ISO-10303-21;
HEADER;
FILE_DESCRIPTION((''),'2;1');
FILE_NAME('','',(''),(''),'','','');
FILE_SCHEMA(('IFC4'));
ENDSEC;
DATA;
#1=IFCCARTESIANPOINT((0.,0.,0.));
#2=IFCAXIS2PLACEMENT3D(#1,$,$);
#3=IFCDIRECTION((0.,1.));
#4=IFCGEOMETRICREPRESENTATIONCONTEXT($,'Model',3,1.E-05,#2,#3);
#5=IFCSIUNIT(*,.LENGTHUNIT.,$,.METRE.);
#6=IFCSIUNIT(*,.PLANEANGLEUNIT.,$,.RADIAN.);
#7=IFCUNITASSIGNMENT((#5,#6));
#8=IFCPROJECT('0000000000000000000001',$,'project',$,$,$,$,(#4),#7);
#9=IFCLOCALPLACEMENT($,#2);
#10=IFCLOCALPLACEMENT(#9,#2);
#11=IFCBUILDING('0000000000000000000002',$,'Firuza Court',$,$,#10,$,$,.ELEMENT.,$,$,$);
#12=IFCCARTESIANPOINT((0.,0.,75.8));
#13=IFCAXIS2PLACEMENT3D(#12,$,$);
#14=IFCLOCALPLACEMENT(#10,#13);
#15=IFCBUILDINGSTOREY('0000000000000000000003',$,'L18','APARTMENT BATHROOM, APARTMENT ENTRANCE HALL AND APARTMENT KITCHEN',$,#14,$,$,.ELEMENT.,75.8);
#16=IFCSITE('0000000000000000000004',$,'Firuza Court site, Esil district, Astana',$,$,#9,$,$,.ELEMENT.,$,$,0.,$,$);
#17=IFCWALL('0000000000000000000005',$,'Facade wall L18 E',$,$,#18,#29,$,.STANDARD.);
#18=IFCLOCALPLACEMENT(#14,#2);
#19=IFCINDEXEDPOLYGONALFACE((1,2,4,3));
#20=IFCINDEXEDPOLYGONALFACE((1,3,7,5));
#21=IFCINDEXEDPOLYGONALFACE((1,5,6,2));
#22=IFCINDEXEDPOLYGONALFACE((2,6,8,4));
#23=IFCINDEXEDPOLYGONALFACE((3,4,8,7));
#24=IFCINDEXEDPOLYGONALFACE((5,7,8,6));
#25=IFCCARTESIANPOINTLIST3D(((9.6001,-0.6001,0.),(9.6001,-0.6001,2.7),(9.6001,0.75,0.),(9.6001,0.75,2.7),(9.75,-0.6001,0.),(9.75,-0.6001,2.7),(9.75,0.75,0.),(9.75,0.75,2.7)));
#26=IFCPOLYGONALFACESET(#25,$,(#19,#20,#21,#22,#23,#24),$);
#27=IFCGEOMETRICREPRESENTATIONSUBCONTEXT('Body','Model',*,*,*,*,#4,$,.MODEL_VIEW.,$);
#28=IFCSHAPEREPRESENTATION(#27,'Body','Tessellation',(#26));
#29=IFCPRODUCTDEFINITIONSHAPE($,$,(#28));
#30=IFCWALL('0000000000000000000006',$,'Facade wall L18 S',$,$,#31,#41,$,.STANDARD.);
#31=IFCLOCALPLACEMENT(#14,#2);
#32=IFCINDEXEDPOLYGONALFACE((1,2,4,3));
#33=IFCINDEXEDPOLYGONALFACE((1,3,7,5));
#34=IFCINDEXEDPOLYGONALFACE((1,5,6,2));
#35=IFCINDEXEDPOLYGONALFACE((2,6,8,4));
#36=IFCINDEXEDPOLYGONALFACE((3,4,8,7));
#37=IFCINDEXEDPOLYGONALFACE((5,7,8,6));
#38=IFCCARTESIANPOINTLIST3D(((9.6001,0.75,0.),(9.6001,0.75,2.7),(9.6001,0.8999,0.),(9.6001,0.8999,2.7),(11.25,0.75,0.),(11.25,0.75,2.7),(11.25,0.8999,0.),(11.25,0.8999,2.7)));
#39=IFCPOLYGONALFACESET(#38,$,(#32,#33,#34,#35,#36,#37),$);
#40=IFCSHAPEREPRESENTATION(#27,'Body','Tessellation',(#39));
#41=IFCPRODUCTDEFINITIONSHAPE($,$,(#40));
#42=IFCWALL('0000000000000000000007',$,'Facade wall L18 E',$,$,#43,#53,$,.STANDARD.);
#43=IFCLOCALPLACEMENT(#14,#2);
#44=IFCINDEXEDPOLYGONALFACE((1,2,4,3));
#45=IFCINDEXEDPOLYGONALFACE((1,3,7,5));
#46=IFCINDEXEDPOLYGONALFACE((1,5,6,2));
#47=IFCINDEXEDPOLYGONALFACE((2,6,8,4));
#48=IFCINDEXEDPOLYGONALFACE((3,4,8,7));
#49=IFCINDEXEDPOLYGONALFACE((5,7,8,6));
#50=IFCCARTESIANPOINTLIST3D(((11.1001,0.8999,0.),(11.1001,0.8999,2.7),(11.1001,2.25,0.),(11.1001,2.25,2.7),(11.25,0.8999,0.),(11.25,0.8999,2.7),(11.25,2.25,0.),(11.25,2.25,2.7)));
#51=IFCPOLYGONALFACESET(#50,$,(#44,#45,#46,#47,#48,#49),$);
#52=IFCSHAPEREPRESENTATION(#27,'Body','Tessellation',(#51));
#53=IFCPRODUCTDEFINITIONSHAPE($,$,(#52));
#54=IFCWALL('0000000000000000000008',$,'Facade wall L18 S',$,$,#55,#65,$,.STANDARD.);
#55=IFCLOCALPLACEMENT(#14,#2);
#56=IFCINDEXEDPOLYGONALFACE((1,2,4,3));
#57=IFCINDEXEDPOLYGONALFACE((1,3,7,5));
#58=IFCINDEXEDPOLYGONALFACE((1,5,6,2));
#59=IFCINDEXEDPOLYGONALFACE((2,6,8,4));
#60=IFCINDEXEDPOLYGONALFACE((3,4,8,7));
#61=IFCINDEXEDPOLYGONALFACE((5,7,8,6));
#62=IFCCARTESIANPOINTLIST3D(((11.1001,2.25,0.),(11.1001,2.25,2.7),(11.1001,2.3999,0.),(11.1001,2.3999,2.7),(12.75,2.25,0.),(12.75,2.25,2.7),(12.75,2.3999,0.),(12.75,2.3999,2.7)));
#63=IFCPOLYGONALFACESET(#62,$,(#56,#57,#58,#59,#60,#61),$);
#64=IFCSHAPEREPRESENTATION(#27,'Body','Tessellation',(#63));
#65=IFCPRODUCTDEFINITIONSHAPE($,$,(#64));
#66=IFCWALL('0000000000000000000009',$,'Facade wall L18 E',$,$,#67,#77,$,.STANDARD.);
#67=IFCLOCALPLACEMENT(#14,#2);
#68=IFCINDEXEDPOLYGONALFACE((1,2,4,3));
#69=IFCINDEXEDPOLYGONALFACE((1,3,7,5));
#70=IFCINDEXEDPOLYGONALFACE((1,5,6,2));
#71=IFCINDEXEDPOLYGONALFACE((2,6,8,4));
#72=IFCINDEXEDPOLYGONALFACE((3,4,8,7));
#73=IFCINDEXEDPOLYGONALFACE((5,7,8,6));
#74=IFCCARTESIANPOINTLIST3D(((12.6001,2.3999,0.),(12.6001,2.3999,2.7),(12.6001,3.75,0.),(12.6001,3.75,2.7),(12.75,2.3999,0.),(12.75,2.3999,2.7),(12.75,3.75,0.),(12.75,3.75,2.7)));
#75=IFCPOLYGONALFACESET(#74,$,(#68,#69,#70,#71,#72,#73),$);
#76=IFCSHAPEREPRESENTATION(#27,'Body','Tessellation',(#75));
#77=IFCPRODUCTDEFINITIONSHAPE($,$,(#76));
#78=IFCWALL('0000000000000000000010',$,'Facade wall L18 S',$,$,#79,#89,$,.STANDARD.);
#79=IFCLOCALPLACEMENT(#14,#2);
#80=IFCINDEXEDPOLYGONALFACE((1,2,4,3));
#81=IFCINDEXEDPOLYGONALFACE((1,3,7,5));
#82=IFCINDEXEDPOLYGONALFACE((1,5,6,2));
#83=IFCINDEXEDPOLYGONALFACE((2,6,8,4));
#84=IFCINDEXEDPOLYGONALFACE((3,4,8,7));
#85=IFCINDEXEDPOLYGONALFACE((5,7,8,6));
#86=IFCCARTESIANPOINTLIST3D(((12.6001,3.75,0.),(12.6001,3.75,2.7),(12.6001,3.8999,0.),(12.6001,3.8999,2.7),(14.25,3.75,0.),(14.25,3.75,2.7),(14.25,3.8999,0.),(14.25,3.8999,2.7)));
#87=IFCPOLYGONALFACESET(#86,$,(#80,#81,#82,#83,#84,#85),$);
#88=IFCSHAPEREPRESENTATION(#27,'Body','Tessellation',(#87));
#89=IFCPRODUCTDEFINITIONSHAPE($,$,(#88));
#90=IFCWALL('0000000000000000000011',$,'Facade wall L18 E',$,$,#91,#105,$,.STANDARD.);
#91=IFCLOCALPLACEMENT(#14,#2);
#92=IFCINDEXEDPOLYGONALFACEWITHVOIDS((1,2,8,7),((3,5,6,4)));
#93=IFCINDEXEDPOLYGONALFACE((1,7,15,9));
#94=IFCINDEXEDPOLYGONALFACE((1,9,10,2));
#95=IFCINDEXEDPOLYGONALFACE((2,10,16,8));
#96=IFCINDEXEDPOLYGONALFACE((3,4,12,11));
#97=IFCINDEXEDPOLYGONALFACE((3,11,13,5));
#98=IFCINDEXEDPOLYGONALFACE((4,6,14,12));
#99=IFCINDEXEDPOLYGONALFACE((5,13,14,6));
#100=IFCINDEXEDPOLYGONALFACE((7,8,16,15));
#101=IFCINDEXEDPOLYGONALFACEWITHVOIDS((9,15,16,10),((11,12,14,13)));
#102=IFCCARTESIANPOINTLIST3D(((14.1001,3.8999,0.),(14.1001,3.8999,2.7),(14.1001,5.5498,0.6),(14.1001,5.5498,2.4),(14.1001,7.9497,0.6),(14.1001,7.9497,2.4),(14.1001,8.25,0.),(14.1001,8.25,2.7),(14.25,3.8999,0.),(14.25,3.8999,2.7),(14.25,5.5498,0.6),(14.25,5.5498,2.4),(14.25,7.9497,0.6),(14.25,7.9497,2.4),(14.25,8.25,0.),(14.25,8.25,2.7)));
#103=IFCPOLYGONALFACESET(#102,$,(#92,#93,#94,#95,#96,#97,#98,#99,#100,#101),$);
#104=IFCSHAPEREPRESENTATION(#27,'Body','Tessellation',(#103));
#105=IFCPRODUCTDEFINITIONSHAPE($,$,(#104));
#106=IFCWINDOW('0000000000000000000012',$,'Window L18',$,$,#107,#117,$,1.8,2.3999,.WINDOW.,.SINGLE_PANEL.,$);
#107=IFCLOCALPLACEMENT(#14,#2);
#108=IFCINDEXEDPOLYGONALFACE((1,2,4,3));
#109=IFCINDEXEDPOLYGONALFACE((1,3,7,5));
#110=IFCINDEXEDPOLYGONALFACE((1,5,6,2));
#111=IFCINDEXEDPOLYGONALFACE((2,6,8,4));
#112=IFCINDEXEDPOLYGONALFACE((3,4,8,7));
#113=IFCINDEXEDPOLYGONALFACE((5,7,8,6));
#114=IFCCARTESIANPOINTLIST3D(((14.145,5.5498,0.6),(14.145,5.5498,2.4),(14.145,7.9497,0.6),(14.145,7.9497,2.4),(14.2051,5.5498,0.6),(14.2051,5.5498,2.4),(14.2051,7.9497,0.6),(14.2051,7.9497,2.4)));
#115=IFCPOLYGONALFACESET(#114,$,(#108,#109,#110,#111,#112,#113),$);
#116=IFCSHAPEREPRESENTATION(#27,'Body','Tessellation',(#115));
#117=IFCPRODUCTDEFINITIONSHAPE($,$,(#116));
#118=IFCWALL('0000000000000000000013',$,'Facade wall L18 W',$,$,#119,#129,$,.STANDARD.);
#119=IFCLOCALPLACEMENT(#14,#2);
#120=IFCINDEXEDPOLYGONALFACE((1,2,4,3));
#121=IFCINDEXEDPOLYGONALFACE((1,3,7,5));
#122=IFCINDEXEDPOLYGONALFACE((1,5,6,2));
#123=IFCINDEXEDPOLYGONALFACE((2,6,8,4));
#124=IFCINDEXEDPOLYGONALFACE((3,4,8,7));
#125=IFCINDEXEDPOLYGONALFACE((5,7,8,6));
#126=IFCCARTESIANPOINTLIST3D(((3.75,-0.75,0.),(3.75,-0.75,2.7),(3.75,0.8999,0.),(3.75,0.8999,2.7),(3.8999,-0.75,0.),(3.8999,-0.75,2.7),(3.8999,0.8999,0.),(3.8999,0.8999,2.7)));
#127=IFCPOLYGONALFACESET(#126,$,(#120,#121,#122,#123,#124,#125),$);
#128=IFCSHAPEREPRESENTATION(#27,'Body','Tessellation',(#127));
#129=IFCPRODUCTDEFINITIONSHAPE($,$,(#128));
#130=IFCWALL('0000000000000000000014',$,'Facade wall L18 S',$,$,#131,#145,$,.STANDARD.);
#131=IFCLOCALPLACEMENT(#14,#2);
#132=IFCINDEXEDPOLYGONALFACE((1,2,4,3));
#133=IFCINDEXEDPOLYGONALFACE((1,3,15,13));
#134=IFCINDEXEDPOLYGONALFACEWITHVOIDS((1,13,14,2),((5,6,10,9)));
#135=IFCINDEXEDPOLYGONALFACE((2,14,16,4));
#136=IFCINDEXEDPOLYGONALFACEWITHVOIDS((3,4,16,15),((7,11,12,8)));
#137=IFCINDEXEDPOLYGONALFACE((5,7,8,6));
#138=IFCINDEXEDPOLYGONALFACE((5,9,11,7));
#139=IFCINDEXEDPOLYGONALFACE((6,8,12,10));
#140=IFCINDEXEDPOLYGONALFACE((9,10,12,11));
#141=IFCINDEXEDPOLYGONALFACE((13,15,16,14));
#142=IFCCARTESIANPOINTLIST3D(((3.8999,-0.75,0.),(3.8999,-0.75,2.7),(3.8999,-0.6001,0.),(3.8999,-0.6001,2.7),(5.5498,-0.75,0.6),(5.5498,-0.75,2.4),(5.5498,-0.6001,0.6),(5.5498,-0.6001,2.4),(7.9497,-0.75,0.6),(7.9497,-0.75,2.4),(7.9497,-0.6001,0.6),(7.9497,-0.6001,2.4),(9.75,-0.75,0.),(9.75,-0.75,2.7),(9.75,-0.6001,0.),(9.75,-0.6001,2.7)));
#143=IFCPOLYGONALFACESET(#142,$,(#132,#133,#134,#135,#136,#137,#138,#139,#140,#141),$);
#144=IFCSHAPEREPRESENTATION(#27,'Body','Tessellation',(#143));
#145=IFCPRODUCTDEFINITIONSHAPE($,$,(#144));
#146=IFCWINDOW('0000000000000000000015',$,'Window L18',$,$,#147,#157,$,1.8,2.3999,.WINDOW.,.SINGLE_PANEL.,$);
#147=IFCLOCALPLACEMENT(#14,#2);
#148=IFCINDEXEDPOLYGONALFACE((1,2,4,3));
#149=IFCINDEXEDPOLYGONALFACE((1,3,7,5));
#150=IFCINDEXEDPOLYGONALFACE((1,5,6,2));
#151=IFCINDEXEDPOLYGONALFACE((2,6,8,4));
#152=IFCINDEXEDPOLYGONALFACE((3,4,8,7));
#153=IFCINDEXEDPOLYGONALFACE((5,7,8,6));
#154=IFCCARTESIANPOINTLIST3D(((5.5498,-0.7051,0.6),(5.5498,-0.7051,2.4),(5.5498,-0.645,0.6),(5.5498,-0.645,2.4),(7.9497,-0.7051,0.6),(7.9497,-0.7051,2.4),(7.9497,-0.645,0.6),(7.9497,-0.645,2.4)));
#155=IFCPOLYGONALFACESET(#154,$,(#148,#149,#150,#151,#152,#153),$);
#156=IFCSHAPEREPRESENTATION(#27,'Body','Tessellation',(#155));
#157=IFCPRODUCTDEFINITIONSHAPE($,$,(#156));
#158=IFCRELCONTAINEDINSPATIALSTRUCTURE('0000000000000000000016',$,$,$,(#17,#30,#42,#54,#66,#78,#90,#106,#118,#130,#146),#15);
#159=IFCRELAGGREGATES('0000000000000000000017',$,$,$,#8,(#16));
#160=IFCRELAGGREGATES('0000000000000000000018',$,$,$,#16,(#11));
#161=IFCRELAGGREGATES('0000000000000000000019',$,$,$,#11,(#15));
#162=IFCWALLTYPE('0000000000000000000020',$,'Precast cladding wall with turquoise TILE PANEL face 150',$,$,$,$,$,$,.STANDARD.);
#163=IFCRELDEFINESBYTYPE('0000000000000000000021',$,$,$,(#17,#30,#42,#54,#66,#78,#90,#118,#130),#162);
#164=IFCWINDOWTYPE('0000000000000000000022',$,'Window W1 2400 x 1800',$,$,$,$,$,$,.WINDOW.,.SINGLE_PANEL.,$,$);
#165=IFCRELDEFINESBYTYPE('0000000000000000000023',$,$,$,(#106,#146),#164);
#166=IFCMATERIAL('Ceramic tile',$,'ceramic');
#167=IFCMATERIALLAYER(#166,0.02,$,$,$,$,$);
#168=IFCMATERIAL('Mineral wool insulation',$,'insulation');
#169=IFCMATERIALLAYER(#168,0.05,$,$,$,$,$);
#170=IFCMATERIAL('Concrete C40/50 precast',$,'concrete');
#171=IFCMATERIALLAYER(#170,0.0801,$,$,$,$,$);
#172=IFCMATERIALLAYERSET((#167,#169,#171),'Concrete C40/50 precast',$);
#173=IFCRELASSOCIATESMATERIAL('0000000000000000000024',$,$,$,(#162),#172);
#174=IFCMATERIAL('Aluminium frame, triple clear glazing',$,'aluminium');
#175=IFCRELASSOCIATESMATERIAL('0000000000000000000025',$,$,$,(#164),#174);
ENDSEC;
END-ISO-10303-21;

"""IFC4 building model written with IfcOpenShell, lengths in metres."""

from ifc_helpers import new_model, si_unit, direction, frame, frame_2d, origin, place, context, subcontext, project, spatial, rectangle, extrude, material, layer, layer_set, type_object, element, fill, save


model = new_model("IFC4")

# Units and contexts
model_context = context("Model", 3, precision=1e-05, world=origin(), true_north=direction((0.0, 1.0)))
body_context = subcontext(model_context, "Body", "Model", "MODEL_VIEW")
ifc_project = project(units=[si_unit("LENGTHUNIT", "METRE"), si_unit("PLANEANGLEUNIT", "RADIAN")], contexts=[model_context])

# Site, building, storey
site_placement = place(None, origin())
site = spatial("IfcSite", under=ifc_project, at=site_placement, Name="Firuza Court site, Esil district, Astana", CompositionType="ELEMENT", RefElevation=0.0)
building_placement = place(site_placement, origin())
building = spatial("IfcBuilding", under=site, at=building_placement, Name="Firuza Court", CompositionType="ELEMENT")
storey_placement = place(building_placement, frame((0.0, 0.0, 75.8)))
storey = spatial("IfcBuildingStorey", under=building, at=storey_placement, Name="L18", Description="APARTMENT BATHROOM, APARTMENT ENTRANCE HALL AND APARTMENT KITCHEN", CompositionType="ELEMENT", Elevation=75.8)

# Walls
ifc_material_1 = material(Name="Ceramic tile", Category="ceramic")
ifc_layer_1 = layer(ifc_material_1, 0.02)
ifc_material_2 = material(Name="Mineral wool insulation", Category="insulation")
ifc_layer_2 = layer(ifc_material_2, 0.05)
ifc_material_3 = material(Name="Concrete C40/50 precast", Category="concrete")
ifc_layer_3 = layer(ifc_material_3, 0.0801)
ifc_layer_set_1 = layer_set([ifc_layer_1, ifc_layer_2, ifc_layer_3], Name="Concrete C40/50 precast")
wall_type_1 = type_object("IfcWallType", Name="Precast cladding wall with turquoise TILE PANEL face 150", PredefinedType="STANDARD", material=ifc_layer_set_1)
wall_1_placement = place(storey_placement, frame((9.675, -0.6001, 0.0), z_axis=(0.0, 0.0, 1.0), x_axis=(0.0, 1.0, 0.0)))
element("IfcWall", 1, at=wall_1_placement, inside=storey, type_object=wall_type_1, Name="Facade wall L18 E", PredefinedType="STANDARD", context=body_context, shape_type="SweptSolid", body=[
    extrude(rectangle(XDim=1.3501, YDim=0.1499, at=frame_2d((0.675, 0.0))), origin(), (0.0, 0.0, 1.0), 2.7),
])
wall_2_placement = place(storey_placement, frame((9.6001, 0.825, 0.0), z_axis=(0.0, 0.0, 1.0), x_axis=(1.0, 0.0, 0.0)))
element("IfcWall", 2, at=wall_2_placement, inside=storey, type_object=wall_type_1, Name="Facade wall L18 S", PredefinedType="STANDARD", context=body_context, shape_type="SweptSolid", body=[
    extrude(rectangle(XDim=1.6499, YDim=0.1499, at=frame_2d((0.825, 0.0))), origin(), (0.0, 0.0, 1.0), 2.7),
])
wall_3_placement = place(storey_placement, frame((11.175, 0.8999, 0.0), z_axis=(0.0, 0.0, 1.0), x_axis=(0.0, 1.0, 0.0)))
element("IfcWall", 3, at=wall_3_placement, inside=storey, type_object=wall_type_1, Name="Facade wall L18 E", PredefinedType="STANDARD", context=body_context, shape_type="SweptSolid", body=[
    extrude(rectangle(XDim=1.3501, YDim=0.1499, at=frame_2d((0.675, 0.0))), origin(), (0.0, 0.0, 1.0), 2.7),
])
wall_4_placement = place(storey_placement, frame((11.1001, 2.325, 0.0), z_axis=(0.0, 0.0, 1.0), x_axis=(1.0, 0.0, 0.0)))
element("IfcWall", 4, at=wall_4_placement, inside=storey, type_object=wall_type_1, Name="Facade wall L18 S", PredefinedType="STANDARD", context=body_context, shape_type="SweptSolid", body=[
    extrude(rectangle(XDim=1.6499, YDim=0.1499, at=frame_2d((0.825, 0.0))), origin(), (0.0, 0.0, 1.0), 2.7),
])
wall_5_placement = place(storey_placement, frame((12.675, 2.3999, 0.0), z_axis=(0.0, 0.0, 1.0), x_axis=(0.0, 1.0, 0.0)))
element("IfcWall", 5, at=wall_5_placement, inside=storey, type_object=wall_type_1, Name="Facade wall L18 E", PredefinedType="STANDARD", context=body_context, shape_type="SweptSolid", body=[
    extrude(rectangle(XDim=1.3501, YDim=0.1499, at=frame_2d((0.675, 0.0))), origin(), (0.0, 0.0, 1.0), 2.7),
])
wall_6_placement = place(storey_placement, frame((12.6001, 3.825, 0.0), z_axis=(0.0, 0.0, 1.0), x_axis=(1.0, 0.0, 0.0)))
element("IfcWall", 6, at=wall_6_placement, inside=storey, type_object=wall_type_1, Name="Facade wall L18 S", PredefinedType="STANDARD", context=body_context, shape_type="SweptSolid", body=[
    extrude(rectangle(XDim=1.6499, YDim=0.1499, at=frame_2d((0.825, 0.0))), origin(), (0.0, 0.0, 1.0), 2.7),
])

# Wall, opening, window
wall_7_placement = place(storey_placement, frame((14.175, 3.8999, 0.0), z_axis=(0.0, 0.0, 1.0), x_axis=(0.0, 1.0, 0.0)))
wall_7 = element("IfcWall", 7, at=wall_7_placement, inside=storey, type_object=wall_type_1, Name="Facade wall L18 E", PredefinedType="STANDARD", context=body_context, shape_type="SweptSolid", body=[
    extrude(rectangle(XDim=4.3501, YDim=0.1499, at=frame_2d((2.175, 0.0))), origin(), (0.0, 0.0, 1.0), 2.7),
])
opening_1_placement = place(wall_7_placement, frame((1.6499, 0.0, 0.6001)))
opening_1 = element("IfcOpeningElement", 8, at=opening_1_placement, cuts=wall_7, PredefinedType="OPENING", context=body_context, shape_type="SweptSolid", body=[
    extrude(rectangle(XDim=2.3999, YDim=1.8, at=frame_2d((1.2, 0.8999))), frame((0.0, 0.0869, 0.0), z_axis=(0.0, -1.0, 0.0), x_axis=(1.0, 0.0, 0.0)), (0.0, 0.0, 1.0), 0.1738),
])
ifc_material_4 = material(Name="Aluminium frame, triple clear glazing", Category="aluminium")
window_type = type_object("IfcWindowType", Name="Window W1 2400 x 1800", PartitioningType="SINGLE_PANEL", PredefinedType="WINDOW", material=ifc_material_4)
window_1_placement = place(opening_1_placement, origin())
window_1 = element("IfcWindow", 9, at=window_1_placement, inside=storey, type_object=window_type, Name="Window L18", OverallHeight=1.8, OverallWidth=2.3999, PartitioningType="SINGLE_PANEL", PredefinedType="WINDOW", context=body_context, shape_type="SweptSolid", body=[
    extrude(rectangle(XDim=2.3999, YDim=1.8, at=frame_2d((1.2, 0.8999))), frame((0.0, 0.03, 0.0), z_axis=(0.0, -1.0, 0.0), x_axis=(1.0, 0.0, 0.0)), (0.0, 0.0, 1.0), 0.0601),
])
fill(opening_1, window_1)

# Wall
wall_8_placement = place(storey_placement, frame((3.825, 0.8999, 0.0), z_axis=(0.0, 0.0, 1.0), x_axis=(0.0, -1.0, 0.0)))
element("IfcWall", 10, at=wall_8_placement, inside=storey, type_object=wall_type_1, Name="Facade wall L18 W", PredefinedType="STANDARD", context=body_context, shape_type="SweptSolid", body=[
    extrude(rectangle(XDim=1.6499, YDim=0.1499, at=frame_2d((0.825, 0.0))), origin(), (0.0, 0.0, 1.0), 2.7),
])

# Wall, opening, window
wall_9_placement = place(storey_placement, frame((3.8999, -0.675, 0.0), z_axis=(0.0, 0.0, 1.0), x_axis=(1.0, 0.0, 0.0)))
wall_9 = element("IfcWall", 11, at=wall_9_placement, inside=storey, type_object=wall_type_1, Name="Facade wall L18 S", PredefinedType="STANDARD", context=body_context, shape_type="SweptSolid", body=[
    extrude(rectangle(XDim=5.8501, YDim=0.1499, at=frame_2d((2.925, 0.0))), origin(), (0.0, 0.0, 1.0), 2.7),
])
opening_2_placement = place(wall_9_placement, frame((1.6499, 0.0, 0.6001)))
opening_2 = element("IfcOpeningElement", 12, at=opening_2_placement, cuts=wall_9, PredefinedType="OPENING", context=body_context, shape_type="SweptSolid", body=[
    extrude(rectangle(XDim=2.3999, YDim=1.8, at=frame_2d((1.2, 0.8999))), frame((0.0, 0.0869, 0.0), z_axis=(0.0, -1.0, 0.0), x_axis=(1.0, 0.0, 0.0)), (0.0, 0.0, 1.0), 0.1738),
])
window_2_placement = place(opening_2_placement, origin())
window_2 = element("IfcWindow", 13, at=window_2_placement, inside=storey, type_object=window_type, Name="Window L18", OverallHeight=1.8, OverallWidth=2.3999, PartitioningType="SINGLE_PANEL", PredefinedType="WINDOW", context=body_context, shape_type="SweptSolid", body=[
    extrude(rectangle(XDim=2.3999, YDim=1.8, at=frame_2d((1.2, 0.8999))), frame((0.0, 0.03, 0.0), z_axis=(0.0, -1.0, 0.0), x_axis=(1.0, 0.0, 0.0)), (0.0, 0.0, 1.0), 0.0601),
])
fill(opening_2, window_2)

save(model, "model.ifc")
